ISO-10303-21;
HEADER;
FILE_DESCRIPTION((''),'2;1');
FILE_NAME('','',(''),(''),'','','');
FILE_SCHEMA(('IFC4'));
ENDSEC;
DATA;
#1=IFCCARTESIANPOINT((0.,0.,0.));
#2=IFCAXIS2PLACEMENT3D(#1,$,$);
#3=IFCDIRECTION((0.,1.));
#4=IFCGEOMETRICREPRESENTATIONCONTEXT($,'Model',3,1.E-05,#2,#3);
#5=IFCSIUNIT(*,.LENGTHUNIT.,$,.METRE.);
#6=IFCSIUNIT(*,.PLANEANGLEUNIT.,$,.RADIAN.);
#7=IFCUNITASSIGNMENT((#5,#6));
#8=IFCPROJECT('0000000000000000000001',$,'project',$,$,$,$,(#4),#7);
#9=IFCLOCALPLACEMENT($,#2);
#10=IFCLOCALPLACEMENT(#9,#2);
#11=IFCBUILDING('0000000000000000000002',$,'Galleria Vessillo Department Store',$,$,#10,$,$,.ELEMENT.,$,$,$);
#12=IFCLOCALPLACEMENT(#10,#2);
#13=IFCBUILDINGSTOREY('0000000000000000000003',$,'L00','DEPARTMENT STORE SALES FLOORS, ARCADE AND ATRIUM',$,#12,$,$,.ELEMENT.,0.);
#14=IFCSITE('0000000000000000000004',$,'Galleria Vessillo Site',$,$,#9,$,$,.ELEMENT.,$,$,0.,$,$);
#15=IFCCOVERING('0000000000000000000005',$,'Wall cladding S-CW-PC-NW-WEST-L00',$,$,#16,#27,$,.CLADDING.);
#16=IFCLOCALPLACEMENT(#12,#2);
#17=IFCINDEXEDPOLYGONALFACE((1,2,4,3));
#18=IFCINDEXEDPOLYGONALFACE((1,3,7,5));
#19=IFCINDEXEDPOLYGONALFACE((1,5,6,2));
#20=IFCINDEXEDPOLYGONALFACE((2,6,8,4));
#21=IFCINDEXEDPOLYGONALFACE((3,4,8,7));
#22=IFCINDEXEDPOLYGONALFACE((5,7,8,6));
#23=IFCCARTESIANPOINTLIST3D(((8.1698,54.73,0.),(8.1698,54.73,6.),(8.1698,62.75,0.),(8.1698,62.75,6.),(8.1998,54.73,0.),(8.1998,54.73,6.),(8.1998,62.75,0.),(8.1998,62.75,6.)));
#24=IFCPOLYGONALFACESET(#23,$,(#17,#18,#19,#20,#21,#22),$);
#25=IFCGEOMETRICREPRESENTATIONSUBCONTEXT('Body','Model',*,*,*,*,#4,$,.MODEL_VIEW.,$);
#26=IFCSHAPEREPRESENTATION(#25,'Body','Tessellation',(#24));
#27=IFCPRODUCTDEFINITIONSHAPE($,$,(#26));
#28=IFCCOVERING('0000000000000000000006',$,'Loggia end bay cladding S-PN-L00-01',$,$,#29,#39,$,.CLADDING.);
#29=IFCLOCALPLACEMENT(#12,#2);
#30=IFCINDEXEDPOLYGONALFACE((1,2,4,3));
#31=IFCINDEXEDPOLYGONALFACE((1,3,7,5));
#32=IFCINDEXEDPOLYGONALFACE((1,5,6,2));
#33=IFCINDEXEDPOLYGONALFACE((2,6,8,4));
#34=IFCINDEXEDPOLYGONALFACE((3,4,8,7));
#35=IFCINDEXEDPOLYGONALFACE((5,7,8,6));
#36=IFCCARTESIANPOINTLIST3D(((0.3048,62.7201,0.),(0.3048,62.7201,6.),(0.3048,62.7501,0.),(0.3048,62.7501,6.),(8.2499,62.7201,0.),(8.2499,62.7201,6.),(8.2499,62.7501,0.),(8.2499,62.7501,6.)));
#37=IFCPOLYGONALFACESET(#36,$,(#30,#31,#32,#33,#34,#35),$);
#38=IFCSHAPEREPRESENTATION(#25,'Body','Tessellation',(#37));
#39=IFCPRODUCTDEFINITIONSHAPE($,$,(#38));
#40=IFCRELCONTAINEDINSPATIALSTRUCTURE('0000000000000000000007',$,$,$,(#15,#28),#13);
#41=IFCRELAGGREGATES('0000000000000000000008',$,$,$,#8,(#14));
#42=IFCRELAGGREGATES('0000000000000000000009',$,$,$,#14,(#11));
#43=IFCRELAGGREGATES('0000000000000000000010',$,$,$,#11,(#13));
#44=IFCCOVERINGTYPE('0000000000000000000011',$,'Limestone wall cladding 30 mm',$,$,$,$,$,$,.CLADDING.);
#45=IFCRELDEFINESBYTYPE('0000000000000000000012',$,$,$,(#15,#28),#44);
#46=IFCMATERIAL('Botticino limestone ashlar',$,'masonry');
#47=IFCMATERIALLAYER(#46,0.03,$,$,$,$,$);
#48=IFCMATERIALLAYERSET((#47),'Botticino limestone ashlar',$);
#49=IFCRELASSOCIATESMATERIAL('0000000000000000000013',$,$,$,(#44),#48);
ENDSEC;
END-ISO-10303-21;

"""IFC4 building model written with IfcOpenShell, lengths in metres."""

from ifc_helpers import new_model, si_unit, direction, frame, origin, origin_2d, place, context, subcontext, project, spatial, rectangle, extrude, material, layer, layer_set, type_object, element, save


model = new_model("IFC4")

# Units and contexts
model_context = context("Model", 3, precision=1e-05, world=origin(), true_north=direction((0.0, 1.0)))
body_context = subcontext(model_context, "Body", "Model", "MODEL_VIEW")
ifc_project = project(units=[si_unit("LENGTHUNIT", "METRE"), si_unit("PLANEANGLEUNIT", "RADIAN")], contexts=[model_context])

# Site, building, storey
site_placement = place(None, origin())
site = spatial("IfcSite", under=ifc_project, at=site_placement, Name="Galleria Vessillo Site", CompositionType="ELEMENT", RefElevation=0.0)
building_placement = place(site_placement, origin())
building = spatial("IfcBuilding", under=site, at=building_placement, Name="Galleria Vessillo Department Store", CompositionType="ELEMENT")
storey_placement = place(building_placement, origin())
storey = spatial("IfcBuildingStorey", under=building, at=storey_placement, Name="L00", Description="DEPARTMENT STORE SALES FLOORS, ARCADE AND ATRIUM", CompositionType="ELEMENT", Elevation=0.0)

# Coverings
ifc_material_1 = material(Name="Botticino limestone ashlar", Category="masonry")
ifc_layer_1 = layer(ifc_material_1, 0.03)
ifc_layer_set_1 = layer_set([ifc_layer_1], Name="Botticino limestone ashlar")
covering_type_1 = type_object("IfcCoveringType", Name="Limestone wall cladding 30 mm", PredefinedType="CLADDING", material=ifc_layer_set_1)
covering_1_placement = place(storey_placement, frame((8.1848, 58.74, 0.0), z_axis=(0.0, 0.0, 1.0), x_axis=(1.0, 0.0, 0.0)))
element("IfcCovering", 1, at=covering_1_placement, inside=storey, type_object=covering_type_1, Name="Wall cladding S-CW-PC-NW-WEST-L00", PredefinedType="CLADDING", context=body_context, shape_type="SweptSolid", body=[
    extrude(rectangle(XDim=0.03, YDim=8.02, at=origin_2d()), origin(), (0.0, 0.0, 1.0), 6.0),
])
covering_2_placement = place(storey_placement, frame((4.2773, 62.7351, 0.0), z_axis=(0.0, 0.0, 1.0), x_axis=(1.0, 0.0, 0.0)))
element("IfcCovering", 2, at=covering_2_placement, inside=storey, type_object=covering_type_1, Name="Loggia end bay cladding S-PN-L00-01", PredefinedType="CLADDING", context=body_context, shape_type="SweptSolid", body=[
    extrude(rectangle(XDim=7.9451, YDim=0.03, at=origin_2d()), origin(), (0.0, 0.0, 1.0), 6.0),
])

save(model, "model.ifc")
